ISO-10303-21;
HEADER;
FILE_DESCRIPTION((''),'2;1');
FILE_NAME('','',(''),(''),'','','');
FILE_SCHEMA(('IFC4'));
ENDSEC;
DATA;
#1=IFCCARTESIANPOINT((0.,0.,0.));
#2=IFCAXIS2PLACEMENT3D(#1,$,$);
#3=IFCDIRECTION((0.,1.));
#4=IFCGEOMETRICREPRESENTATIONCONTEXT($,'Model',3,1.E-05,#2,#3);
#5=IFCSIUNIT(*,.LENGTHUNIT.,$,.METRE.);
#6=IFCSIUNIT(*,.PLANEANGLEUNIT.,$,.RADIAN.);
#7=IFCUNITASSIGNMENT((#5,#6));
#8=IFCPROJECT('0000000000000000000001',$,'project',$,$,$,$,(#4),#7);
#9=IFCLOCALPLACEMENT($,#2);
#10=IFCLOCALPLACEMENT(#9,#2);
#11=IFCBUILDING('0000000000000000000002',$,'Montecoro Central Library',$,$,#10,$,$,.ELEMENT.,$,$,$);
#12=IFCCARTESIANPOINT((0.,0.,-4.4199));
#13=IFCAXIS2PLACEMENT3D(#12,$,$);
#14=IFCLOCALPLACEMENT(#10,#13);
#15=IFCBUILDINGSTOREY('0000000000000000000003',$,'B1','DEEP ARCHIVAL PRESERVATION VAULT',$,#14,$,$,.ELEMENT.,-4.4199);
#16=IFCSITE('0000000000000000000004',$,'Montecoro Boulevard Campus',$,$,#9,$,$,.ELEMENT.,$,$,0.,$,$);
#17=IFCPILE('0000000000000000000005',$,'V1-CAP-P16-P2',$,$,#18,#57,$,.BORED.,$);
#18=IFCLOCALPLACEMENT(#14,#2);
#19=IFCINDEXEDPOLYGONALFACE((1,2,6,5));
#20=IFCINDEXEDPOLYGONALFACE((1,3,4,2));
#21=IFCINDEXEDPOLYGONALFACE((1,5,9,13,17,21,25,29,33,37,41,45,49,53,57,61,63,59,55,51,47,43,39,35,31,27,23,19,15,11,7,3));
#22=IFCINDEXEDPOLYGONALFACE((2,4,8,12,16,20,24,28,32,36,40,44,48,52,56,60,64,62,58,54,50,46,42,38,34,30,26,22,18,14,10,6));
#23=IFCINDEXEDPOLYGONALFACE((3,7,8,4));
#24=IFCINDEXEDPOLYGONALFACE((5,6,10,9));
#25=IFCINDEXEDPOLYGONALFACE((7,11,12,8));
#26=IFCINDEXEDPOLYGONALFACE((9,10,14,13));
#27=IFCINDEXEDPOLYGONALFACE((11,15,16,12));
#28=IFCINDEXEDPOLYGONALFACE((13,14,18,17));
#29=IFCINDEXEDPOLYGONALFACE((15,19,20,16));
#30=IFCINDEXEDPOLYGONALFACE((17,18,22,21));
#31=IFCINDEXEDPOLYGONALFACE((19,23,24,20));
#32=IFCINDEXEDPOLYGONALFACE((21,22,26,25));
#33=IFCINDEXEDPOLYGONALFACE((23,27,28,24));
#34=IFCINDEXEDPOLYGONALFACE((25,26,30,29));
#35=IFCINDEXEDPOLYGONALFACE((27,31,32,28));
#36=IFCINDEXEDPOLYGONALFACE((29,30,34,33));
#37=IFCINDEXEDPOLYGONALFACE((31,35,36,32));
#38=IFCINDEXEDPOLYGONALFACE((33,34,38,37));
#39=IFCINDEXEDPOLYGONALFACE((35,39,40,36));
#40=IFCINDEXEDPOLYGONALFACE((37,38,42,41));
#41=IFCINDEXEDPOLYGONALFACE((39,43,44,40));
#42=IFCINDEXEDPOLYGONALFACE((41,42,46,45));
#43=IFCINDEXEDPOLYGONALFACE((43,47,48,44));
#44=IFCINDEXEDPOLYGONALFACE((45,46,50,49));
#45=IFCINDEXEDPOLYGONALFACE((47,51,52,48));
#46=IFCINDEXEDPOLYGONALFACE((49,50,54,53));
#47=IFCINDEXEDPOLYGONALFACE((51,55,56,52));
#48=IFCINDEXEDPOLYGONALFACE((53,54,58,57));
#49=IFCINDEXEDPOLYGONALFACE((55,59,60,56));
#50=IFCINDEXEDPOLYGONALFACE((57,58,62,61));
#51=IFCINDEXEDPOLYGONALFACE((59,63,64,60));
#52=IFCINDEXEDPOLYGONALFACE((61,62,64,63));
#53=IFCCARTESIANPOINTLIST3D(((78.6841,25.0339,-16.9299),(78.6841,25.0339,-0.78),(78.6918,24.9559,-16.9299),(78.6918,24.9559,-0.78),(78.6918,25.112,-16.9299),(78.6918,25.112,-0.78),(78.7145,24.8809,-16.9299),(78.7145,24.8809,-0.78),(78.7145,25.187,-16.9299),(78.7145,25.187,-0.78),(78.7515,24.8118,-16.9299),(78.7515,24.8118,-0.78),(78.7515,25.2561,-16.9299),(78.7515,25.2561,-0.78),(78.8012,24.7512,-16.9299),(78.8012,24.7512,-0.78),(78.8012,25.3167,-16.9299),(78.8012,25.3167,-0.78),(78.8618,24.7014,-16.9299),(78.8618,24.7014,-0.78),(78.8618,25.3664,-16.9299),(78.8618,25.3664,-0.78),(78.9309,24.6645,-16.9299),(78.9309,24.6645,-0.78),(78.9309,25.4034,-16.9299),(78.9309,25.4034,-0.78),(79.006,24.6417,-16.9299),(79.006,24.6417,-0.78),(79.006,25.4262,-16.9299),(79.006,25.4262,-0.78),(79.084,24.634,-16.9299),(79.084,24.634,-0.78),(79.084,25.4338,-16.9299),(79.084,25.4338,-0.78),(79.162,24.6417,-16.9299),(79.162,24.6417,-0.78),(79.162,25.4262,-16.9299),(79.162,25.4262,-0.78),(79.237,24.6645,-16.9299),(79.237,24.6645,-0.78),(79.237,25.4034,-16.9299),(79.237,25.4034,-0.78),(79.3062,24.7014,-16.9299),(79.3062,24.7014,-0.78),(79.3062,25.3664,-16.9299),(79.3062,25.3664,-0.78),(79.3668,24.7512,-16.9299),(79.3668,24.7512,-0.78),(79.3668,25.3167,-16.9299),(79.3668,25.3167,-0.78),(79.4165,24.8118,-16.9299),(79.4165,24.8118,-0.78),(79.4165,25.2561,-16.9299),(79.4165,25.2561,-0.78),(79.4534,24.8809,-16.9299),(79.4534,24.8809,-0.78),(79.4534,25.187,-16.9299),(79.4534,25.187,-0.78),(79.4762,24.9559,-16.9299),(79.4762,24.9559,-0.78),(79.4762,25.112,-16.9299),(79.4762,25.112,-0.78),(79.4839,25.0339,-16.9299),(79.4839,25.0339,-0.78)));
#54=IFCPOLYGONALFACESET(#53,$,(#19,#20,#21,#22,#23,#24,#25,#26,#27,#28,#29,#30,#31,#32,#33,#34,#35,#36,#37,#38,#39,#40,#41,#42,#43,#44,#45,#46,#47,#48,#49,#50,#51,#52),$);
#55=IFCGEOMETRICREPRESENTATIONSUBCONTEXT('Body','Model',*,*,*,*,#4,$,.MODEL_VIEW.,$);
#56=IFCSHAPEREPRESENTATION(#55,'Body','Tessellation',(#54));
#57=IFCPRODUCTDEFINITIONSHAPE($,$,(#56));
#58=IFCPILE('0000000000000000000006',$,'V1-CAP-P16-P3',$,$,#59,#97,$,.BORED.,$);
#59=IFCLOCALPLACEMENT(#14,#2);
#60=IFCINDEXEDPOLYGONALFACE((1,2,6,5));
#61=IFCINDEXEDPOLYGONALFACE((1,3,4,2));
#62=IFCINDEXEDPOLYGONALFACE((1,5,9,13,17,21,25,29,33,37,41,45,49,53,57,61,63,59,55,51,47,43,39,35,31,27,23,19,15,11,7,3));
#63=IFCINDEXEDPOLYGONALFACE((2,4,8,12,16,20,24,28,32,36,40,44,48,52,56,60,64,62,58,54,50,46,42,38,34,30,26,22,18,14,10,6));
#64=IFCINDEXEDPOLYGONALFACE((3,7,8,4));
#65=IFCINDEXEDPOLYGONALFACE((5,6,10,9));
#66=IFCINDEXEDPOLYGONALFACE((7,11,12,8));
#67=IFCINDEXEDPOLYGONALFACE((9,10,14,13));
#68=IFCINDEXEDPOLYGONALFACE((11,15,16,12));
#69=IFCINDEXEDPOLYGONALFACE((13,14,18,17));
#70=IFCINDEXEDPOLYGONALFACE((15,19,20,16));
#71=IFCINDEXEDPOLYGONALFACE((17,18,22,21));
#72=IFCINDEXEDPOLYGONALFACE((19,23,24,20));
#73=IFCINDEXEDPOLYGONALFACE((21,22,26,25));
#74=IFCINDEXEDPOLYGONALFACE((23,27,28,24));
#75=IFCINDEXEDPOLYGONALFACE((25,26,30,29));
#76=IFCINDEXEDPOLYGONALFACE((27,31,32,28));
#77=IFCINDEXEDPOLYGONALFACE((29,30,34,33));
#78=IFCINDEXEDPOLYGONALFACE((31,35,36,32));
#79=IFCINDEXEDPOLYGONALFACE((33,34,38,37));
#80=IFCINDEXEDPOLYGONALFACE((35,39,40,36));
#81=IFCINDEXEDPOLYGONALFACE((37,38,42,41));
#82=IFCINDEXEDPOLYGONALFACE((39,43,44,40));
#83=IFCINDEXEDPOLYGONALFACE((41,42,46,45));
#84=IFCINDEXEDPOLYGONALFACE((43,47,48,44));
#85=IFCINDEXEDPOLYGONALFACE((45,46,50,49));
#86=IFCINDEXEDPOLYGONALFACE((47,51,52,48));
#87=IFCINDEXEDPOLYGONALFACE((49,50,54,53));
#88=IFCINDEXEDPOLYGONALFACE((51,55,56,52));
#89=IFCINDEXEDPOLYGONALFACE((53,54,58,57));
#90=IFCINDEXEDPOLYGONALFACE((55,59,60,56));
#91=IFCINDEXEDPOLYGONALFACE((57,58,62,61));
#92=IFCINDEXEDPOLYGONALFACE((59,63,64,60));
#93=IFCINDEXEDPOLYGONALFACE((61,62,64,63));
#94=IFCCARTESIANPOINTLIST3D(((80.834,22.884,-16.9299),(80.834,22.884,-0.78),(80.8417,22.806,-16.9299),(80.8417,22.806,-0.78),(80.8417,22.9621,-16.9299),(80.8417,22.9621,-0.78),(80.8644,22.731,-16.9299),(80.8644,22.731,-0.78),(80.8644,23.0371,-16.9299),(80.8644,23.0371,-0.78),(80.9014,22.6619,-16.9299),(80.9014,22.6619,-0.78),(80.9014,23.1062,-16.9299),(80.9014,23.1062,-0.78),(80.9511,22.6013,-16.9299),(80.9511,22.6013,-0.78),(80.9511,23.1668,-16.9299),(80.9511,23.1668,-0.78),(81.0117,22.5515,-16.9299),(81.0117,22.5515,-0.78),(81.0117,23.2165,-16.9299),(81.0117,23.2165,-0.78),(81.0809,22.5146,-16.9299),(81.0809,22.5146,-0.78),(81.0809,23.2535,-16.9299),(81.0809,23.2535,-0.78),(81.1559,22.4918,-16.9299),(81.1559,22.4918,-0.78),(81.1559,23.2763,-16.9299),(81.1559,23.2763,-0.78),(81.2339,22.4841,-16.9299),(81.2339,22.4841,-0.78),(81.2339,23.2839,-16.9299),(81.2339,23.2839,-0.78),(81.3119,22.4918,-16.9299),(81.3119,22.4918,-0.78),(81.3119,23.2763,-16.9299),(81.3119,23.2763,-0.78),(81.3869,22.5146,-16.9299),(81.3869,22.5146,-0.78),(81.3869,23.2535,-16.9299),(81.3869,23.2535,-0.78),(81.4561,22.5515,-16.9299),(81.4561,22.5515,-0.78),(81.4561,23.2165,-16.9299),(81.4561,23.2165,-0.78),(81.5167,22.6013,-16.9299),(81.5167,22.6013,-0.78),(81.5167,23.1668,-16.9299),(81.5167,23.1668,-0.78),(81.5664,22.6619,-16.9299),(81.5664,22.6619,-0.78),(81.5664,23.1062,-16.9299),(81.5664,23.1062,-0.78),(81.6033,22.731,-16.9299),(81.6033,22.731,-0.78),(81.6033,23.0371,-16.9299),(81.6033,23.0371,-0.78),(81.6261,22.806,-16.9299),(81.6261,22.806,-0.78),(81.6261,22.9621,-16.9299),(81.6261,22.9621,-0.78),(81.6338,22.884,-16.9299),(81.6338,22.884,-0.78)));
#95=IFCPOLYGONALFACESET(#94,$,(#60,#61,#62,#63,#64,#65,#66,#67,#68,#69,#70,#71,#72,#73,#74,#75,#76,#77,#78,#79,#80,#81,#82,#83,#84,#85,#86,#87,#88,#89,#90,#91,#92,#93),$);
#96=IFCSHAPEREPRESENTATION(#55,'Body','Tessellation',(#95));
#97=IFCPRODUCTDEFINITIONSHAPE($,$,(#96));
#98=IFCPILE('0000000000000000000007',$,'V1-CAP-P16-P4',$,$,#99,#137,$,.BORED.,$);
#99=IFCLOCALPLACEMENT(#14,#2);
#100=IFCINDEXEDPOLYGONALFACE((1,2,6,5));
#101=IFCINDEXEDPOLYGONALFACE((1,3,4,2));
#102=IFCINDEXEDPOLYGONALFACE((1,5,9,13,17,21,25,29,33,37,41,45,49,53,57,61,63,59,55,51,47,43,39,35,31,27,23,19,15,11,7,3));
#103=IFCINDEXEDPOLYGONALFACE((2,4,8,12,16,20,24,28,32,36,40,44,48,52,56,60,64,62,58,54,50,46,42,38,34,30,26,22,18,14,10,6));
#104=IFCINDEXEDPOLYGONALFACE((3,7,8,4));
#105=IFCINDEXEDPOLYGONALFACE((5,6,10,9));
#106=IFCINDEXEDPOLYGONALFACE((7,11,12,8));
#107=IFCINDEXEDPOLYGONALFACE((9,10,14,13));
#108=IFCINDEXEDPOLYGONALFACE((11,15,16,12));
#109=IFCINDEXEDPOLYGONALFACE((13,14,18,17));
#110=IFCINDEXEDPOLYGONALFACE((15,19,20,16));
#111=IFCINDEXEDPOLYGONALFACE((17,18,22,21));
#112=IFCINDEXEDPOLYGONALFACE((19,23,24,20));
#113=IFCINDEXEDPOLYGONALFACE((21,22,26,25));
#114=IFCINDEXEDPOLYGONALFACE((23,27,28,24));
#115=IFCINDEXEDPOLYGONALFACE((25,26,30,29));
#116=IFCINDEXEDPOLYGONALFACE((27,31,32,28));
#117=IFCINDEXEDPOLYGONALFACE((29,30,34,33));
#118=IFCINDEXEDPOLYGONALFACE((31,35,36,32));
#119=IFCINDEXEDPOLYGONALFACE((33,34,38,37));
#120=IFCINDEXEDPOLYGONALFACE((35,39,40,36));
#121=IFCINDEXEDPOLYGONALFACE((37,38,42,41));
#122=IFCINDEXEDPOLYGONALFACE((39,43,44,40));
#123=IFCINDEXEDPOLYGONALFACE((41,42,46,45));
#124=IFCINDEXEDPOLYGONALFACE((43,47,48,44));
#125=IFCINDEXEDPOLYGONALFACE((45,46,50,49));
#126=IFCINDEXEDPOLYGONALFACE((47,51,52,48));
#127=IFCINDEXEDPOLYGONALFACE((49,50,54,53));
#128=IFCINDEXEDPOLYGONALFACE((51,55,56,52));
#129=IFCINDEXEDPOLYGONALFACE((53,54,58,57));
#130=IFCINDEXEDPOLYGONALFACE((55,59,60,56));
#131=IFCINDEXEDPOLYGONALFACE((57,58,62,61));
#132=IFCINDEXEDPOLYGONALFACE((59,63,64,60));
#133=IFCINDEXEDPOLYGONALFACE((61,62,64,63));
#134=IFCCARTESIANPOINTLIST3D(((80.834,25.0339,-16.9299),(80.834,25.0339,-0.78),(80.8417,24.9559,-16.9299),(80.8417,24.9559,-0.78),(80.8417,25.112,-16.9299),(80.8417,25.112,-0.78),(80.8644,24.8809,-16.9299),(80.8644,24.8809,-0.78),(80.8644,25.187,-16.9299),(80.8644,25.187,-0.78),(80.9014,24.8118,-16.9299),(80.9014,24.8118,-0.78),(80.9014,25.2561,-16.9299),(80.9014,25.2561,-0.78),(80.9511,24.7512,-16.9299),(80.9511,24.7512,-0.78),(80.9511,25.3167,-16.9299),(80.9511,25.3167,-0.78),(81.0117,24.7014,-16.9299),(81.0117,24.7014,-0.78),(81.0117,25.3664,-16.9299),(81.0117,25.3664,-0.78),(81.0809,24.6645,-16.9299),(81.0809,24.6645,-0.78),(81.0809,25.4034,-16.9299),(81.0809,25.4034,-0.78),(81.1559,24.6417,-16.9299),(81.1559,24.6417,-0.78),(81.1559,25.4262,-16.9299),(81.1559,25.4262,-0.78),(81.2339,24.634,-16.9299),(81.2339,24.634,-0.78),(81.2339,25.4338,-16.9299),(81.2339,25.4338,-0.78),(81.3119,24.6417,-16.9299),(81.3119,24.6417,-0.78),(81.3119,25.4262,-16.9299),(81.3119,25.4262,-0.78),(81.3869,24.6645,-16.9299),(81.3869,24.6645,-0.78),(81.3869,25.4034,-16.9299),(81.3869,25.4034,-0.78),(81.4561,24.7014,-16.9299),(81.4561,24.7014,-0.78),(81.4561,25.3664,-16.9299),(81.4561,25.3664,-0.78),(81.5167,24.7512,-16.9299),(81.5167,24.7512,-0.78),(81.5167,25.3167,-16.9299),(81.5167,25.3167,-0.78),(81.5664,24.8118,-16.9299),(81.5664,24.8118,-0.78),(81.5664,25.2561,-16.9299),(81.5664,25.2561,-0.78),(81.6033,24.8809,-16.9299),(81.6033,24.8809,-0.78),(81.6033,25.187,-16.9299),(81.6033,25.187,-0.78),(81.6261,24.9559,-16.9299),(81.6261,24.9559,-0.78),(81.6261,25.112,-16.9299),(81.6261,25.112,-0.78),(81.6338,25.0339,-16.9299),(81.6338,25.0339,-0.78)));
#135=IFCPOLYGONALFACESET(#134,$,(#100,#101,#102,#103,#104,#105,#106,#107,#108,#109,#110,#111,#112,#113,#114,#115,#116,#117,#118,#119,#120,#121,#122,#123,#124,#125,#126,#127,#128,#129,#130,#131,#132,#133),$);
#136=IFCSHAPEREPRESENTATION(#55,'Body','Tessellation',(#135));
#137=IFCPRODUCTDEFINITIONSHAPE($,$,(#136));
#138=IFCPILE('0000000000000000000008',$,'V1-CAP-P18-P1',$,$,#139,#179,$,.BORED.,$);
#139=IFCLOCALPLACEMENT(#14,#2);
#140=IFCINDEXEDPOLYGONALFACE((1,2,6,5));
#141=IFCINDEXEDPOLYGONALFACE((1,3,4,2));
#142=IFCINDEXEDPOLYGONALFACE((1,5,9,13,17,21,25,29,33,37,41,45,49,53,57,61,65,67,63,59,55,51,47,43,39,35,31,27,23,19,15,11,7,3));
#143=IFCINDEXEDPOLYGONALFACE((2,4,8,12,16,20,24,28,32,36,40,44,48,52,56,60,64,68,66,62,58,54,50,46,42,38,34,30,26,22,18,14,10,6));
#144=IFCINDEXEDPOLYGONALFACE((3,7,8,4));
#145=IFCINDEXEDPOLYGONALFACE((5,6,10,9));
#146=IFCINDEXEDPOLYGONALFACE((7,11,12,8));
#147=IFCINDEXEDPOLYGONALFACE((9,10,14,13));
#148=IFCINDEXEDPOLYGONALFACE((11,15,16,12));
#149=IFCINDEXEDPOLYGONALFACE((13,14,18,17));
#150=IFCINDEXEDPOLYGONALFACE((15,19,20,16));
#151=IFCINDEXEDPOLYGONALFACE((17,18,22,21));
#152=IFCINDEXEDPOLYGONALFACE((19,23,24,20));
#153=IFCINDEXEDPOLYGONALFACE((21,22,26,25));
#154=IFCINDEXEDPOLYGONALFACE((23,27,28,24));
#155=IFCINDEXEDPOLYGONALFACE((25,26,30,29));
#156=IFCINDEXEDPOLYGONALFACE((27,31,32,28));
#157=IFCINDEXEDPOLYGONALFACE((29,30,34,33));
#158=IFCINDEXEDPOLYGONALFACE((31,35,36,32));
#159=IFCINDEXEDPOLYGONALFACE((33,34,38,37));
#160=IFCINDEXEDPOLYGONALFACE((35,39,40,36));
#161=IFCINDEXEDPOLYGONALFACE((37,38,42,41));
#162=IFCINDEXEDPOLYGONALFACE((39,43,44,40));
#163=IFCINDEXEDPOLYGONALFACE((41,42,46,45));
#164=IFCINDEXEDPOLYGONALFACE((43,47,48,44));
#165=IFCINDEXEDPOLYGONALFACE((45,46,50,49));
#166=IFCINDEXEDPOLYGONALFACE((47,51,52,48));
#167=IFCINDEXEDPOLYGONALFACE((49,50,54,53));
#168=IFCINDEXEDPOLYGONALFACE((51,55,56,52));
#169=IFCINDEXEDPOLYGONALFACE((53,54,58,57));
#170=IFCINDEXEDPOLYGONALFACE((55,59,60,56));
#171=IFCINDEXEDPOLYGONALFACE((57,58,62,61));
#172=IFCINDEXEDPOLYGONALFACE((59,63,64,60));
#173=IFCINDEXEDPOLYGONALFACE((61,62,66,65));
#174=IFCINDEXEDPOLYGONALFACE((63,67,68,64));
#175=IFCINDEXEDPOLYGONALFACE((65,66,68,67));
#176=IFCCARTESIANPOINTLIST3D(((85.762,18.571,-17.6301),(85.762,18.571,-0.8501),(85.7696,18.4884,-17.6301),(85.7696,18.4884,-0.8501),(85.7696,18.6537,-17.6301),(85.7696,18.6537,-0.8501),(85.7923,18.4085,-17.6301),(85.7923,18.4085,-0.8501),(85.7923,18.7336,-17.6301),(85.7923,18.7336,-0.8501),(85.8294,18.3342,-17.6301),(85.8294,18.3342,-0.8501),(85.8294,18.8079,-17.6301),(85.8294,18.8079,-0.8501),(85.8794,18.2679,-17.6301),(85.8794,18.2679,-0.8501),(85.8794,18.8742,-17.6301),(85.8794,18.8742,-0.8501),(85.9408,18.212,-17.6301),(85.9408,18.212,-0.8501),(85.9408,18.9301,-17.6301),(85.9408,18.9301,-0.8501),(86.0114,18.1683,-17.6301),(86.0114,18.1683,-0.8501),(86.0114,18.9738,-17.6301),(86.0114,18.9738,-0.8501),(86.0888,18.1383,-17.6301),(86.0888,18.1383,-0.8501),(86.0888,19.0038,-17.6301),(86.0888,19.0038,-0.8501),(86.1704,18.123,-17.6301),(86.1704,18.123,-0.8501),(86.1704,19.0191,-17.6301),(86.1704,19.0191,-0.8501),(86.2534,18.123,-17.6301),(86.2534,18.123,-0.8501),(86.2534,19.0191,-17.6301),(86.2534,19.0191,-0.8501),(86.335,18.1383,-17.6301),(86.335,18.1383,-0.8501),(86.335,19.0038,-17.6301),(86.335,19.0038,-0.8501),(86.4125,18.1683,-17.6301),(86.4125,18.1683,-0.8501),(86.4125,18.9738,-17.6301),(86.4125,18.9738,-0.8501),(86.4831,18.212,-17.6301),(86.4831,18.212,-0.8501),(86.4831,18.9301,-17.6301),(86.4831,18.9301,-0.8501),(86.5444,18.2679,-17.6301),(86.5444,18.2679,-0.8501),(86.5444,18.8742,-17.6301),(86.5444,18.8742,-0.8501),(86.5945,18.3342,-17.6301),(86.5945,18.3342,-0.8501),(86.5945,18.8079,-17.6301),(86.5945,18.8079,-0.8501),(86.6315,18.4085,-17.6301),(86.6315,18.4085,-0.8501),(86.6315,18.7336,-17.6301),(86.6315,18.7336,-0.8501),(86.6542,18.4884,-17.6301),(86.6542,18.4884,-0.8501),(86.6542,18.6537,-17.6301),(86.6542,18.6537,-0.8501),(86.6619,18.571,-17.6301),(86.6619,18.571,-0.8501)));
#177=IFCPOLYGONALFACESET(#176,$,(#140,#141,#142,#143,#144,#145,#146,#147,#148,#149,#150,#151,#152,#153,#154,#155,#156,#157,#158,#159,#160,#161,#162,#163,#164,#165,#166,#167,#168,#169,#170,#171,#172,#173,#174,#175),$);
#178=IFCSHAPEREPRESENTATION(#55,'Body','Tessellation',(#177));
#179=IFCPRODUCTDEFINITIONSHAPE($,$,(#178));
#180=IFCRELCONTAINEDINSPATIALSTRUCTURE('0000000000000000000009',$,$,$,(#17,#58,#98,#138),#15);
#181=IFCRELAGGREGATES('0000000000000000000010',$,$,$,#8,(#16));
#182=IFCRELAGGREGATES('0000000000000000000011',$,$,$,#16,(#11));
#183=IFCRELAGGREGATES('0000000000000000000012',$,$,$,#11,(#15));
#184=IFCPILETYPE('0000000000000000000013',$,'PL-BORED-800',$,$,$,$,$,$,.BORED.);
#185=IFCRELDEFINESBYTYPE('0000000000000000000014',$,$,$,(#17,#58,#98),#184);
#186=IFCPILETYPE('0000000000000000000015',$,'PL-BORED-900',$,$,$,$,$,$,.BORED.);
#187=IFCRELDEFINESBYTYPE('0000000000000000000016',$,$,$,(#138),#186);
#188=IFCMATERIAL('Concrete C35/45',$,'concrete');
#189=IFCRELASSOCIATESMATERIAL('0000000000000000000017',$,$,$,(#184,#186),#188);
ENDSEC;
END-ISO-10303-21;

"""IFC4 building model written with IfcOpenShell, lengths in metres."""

from ifc_helpers import new_model, si_unit, direction, frame, origin, origin_2d, place, context, subcontext, project, spatial, circle, extrude, material, material_profile, profile_set, type_object, element, save


model = new_model("IFC4")

# Units and contexts
model_context = context("Model", 3, precision=1e-05, world=origin(), true_north=direction((0.0, 1.0)))
body_context = subcontext(model_context, "Body", "Model", "MODEL_VIEW")
ifc_project = project(units=[si_unit("LENGTHUNIT", "METRE"), si_unit("PLANEANGLEUNIT", "RADIAN")], contexts=[model_context])

# Site, building, storey
site_placement = place(None, origin())
site = spatial("IfcSite", under=ifc_project, at=site_placement, Name="Montecoro Boulevard Campus", CompositionType="ELEMENT", RefElevation=0.0)
building_placement = place(site_placement, origin())
building = spatial("IfcBuilding", under=site, at=building_placement, Name="Montecoro Central Library", CompositionType="ELEMENT")
storey_placement = place(building_placement, frame((0.0, 0.0, -4.4199)))
storey = spatial("IfcBuildingStorey", under=building, at=storey_placement, Name="B1", Description="DEEP ARCHIVAL PRESERVATION VAULT", CompositionType="ELEMENT", Elevation=-4.4199)

# Shared definitions
ifc_material_1 = material(Name="Concrete C35/45", Category="concrete")

# Piles
ifc_material_profile_1 = material_profile(ifc_material_1, circle(Radius=0.3999, at=origin_2d()), Name="PILE D800")
ifc_profile_set_1 = profile_set([ifc_material_profile_1], Name="Concrete C35/45")
pile_type_1 = type_object("IfcPileType", Name="PL-BORED-800", PredefinedType="BORED", material=ifc_profile_set_1)
for number, where, z_axis, x_axis, name in (
    (1, (79.084, 25.0339, -0.78), (0.0, 0.0, -1.0), (1.0, 0.0, 0.0), "V1-CAP-P16-P2"),
    (2, (81.2339, 22.884, -0.78), (0.0, 0.0, -1.0), (1.0, 0.0, 0.0), "V1-CAP-P16-P3"),
    (3, (81.2339, 25.0339, -0.78), (0.0, 0.0, -1.0), (1.0, 0.0, 0.0), "V1-CAP-P16-P4"),
):
    element("IfcPile", number, at=place(storey_placement, frame(where, z_axis=z_axis, x_axis=x_axis)), inside=storey, type_object=pile_type_1, Name=name, PredefinedType="BORED", context=body_context, shape_type="SweptSolid", body=[
        extrude(circle(Radius=0.3999, at=origin_2d()), origin(), (0.0, 0.0, 1.0), 16.1499),
    ])
ifc_material_profile_2 = material_profile(ifc_material_1, circle(Radius=0.45, at=origin_2d()), Name="PILE D900")
ifc_profile_set_2 = profile_set([ifc_material_profile_2], Name="Concrete C35/45")
pile_type_2 = type_object("IfcPileType", Name="PL-BORED-900", PredefinedType="BORED", material=ifc_profile_set_2)
for number, where, z_axis, x_axis, name in (
    (4, (86.2119, 18.571, -0.8501), (0.0, 0.0, -1.0), (1.0, 0.0, 0.0), "V1-CAP-P18-P1"),
):
    element("IfcPile", number, at=place(storey_placement, frame(where, z_axis=z_axis, x_axis=x_axis)), inside=storey, type_object=pile_type_2, Name=name, PredefinedType="BORED", context=body_context, shape_type="SweptSolid", body=[
        extrude(circle(Radius=0.45, at=origin_2d()), origin(), (0.0, 0.0, 1.0), 16.78),
    ])

save(model, "model.ifc")
